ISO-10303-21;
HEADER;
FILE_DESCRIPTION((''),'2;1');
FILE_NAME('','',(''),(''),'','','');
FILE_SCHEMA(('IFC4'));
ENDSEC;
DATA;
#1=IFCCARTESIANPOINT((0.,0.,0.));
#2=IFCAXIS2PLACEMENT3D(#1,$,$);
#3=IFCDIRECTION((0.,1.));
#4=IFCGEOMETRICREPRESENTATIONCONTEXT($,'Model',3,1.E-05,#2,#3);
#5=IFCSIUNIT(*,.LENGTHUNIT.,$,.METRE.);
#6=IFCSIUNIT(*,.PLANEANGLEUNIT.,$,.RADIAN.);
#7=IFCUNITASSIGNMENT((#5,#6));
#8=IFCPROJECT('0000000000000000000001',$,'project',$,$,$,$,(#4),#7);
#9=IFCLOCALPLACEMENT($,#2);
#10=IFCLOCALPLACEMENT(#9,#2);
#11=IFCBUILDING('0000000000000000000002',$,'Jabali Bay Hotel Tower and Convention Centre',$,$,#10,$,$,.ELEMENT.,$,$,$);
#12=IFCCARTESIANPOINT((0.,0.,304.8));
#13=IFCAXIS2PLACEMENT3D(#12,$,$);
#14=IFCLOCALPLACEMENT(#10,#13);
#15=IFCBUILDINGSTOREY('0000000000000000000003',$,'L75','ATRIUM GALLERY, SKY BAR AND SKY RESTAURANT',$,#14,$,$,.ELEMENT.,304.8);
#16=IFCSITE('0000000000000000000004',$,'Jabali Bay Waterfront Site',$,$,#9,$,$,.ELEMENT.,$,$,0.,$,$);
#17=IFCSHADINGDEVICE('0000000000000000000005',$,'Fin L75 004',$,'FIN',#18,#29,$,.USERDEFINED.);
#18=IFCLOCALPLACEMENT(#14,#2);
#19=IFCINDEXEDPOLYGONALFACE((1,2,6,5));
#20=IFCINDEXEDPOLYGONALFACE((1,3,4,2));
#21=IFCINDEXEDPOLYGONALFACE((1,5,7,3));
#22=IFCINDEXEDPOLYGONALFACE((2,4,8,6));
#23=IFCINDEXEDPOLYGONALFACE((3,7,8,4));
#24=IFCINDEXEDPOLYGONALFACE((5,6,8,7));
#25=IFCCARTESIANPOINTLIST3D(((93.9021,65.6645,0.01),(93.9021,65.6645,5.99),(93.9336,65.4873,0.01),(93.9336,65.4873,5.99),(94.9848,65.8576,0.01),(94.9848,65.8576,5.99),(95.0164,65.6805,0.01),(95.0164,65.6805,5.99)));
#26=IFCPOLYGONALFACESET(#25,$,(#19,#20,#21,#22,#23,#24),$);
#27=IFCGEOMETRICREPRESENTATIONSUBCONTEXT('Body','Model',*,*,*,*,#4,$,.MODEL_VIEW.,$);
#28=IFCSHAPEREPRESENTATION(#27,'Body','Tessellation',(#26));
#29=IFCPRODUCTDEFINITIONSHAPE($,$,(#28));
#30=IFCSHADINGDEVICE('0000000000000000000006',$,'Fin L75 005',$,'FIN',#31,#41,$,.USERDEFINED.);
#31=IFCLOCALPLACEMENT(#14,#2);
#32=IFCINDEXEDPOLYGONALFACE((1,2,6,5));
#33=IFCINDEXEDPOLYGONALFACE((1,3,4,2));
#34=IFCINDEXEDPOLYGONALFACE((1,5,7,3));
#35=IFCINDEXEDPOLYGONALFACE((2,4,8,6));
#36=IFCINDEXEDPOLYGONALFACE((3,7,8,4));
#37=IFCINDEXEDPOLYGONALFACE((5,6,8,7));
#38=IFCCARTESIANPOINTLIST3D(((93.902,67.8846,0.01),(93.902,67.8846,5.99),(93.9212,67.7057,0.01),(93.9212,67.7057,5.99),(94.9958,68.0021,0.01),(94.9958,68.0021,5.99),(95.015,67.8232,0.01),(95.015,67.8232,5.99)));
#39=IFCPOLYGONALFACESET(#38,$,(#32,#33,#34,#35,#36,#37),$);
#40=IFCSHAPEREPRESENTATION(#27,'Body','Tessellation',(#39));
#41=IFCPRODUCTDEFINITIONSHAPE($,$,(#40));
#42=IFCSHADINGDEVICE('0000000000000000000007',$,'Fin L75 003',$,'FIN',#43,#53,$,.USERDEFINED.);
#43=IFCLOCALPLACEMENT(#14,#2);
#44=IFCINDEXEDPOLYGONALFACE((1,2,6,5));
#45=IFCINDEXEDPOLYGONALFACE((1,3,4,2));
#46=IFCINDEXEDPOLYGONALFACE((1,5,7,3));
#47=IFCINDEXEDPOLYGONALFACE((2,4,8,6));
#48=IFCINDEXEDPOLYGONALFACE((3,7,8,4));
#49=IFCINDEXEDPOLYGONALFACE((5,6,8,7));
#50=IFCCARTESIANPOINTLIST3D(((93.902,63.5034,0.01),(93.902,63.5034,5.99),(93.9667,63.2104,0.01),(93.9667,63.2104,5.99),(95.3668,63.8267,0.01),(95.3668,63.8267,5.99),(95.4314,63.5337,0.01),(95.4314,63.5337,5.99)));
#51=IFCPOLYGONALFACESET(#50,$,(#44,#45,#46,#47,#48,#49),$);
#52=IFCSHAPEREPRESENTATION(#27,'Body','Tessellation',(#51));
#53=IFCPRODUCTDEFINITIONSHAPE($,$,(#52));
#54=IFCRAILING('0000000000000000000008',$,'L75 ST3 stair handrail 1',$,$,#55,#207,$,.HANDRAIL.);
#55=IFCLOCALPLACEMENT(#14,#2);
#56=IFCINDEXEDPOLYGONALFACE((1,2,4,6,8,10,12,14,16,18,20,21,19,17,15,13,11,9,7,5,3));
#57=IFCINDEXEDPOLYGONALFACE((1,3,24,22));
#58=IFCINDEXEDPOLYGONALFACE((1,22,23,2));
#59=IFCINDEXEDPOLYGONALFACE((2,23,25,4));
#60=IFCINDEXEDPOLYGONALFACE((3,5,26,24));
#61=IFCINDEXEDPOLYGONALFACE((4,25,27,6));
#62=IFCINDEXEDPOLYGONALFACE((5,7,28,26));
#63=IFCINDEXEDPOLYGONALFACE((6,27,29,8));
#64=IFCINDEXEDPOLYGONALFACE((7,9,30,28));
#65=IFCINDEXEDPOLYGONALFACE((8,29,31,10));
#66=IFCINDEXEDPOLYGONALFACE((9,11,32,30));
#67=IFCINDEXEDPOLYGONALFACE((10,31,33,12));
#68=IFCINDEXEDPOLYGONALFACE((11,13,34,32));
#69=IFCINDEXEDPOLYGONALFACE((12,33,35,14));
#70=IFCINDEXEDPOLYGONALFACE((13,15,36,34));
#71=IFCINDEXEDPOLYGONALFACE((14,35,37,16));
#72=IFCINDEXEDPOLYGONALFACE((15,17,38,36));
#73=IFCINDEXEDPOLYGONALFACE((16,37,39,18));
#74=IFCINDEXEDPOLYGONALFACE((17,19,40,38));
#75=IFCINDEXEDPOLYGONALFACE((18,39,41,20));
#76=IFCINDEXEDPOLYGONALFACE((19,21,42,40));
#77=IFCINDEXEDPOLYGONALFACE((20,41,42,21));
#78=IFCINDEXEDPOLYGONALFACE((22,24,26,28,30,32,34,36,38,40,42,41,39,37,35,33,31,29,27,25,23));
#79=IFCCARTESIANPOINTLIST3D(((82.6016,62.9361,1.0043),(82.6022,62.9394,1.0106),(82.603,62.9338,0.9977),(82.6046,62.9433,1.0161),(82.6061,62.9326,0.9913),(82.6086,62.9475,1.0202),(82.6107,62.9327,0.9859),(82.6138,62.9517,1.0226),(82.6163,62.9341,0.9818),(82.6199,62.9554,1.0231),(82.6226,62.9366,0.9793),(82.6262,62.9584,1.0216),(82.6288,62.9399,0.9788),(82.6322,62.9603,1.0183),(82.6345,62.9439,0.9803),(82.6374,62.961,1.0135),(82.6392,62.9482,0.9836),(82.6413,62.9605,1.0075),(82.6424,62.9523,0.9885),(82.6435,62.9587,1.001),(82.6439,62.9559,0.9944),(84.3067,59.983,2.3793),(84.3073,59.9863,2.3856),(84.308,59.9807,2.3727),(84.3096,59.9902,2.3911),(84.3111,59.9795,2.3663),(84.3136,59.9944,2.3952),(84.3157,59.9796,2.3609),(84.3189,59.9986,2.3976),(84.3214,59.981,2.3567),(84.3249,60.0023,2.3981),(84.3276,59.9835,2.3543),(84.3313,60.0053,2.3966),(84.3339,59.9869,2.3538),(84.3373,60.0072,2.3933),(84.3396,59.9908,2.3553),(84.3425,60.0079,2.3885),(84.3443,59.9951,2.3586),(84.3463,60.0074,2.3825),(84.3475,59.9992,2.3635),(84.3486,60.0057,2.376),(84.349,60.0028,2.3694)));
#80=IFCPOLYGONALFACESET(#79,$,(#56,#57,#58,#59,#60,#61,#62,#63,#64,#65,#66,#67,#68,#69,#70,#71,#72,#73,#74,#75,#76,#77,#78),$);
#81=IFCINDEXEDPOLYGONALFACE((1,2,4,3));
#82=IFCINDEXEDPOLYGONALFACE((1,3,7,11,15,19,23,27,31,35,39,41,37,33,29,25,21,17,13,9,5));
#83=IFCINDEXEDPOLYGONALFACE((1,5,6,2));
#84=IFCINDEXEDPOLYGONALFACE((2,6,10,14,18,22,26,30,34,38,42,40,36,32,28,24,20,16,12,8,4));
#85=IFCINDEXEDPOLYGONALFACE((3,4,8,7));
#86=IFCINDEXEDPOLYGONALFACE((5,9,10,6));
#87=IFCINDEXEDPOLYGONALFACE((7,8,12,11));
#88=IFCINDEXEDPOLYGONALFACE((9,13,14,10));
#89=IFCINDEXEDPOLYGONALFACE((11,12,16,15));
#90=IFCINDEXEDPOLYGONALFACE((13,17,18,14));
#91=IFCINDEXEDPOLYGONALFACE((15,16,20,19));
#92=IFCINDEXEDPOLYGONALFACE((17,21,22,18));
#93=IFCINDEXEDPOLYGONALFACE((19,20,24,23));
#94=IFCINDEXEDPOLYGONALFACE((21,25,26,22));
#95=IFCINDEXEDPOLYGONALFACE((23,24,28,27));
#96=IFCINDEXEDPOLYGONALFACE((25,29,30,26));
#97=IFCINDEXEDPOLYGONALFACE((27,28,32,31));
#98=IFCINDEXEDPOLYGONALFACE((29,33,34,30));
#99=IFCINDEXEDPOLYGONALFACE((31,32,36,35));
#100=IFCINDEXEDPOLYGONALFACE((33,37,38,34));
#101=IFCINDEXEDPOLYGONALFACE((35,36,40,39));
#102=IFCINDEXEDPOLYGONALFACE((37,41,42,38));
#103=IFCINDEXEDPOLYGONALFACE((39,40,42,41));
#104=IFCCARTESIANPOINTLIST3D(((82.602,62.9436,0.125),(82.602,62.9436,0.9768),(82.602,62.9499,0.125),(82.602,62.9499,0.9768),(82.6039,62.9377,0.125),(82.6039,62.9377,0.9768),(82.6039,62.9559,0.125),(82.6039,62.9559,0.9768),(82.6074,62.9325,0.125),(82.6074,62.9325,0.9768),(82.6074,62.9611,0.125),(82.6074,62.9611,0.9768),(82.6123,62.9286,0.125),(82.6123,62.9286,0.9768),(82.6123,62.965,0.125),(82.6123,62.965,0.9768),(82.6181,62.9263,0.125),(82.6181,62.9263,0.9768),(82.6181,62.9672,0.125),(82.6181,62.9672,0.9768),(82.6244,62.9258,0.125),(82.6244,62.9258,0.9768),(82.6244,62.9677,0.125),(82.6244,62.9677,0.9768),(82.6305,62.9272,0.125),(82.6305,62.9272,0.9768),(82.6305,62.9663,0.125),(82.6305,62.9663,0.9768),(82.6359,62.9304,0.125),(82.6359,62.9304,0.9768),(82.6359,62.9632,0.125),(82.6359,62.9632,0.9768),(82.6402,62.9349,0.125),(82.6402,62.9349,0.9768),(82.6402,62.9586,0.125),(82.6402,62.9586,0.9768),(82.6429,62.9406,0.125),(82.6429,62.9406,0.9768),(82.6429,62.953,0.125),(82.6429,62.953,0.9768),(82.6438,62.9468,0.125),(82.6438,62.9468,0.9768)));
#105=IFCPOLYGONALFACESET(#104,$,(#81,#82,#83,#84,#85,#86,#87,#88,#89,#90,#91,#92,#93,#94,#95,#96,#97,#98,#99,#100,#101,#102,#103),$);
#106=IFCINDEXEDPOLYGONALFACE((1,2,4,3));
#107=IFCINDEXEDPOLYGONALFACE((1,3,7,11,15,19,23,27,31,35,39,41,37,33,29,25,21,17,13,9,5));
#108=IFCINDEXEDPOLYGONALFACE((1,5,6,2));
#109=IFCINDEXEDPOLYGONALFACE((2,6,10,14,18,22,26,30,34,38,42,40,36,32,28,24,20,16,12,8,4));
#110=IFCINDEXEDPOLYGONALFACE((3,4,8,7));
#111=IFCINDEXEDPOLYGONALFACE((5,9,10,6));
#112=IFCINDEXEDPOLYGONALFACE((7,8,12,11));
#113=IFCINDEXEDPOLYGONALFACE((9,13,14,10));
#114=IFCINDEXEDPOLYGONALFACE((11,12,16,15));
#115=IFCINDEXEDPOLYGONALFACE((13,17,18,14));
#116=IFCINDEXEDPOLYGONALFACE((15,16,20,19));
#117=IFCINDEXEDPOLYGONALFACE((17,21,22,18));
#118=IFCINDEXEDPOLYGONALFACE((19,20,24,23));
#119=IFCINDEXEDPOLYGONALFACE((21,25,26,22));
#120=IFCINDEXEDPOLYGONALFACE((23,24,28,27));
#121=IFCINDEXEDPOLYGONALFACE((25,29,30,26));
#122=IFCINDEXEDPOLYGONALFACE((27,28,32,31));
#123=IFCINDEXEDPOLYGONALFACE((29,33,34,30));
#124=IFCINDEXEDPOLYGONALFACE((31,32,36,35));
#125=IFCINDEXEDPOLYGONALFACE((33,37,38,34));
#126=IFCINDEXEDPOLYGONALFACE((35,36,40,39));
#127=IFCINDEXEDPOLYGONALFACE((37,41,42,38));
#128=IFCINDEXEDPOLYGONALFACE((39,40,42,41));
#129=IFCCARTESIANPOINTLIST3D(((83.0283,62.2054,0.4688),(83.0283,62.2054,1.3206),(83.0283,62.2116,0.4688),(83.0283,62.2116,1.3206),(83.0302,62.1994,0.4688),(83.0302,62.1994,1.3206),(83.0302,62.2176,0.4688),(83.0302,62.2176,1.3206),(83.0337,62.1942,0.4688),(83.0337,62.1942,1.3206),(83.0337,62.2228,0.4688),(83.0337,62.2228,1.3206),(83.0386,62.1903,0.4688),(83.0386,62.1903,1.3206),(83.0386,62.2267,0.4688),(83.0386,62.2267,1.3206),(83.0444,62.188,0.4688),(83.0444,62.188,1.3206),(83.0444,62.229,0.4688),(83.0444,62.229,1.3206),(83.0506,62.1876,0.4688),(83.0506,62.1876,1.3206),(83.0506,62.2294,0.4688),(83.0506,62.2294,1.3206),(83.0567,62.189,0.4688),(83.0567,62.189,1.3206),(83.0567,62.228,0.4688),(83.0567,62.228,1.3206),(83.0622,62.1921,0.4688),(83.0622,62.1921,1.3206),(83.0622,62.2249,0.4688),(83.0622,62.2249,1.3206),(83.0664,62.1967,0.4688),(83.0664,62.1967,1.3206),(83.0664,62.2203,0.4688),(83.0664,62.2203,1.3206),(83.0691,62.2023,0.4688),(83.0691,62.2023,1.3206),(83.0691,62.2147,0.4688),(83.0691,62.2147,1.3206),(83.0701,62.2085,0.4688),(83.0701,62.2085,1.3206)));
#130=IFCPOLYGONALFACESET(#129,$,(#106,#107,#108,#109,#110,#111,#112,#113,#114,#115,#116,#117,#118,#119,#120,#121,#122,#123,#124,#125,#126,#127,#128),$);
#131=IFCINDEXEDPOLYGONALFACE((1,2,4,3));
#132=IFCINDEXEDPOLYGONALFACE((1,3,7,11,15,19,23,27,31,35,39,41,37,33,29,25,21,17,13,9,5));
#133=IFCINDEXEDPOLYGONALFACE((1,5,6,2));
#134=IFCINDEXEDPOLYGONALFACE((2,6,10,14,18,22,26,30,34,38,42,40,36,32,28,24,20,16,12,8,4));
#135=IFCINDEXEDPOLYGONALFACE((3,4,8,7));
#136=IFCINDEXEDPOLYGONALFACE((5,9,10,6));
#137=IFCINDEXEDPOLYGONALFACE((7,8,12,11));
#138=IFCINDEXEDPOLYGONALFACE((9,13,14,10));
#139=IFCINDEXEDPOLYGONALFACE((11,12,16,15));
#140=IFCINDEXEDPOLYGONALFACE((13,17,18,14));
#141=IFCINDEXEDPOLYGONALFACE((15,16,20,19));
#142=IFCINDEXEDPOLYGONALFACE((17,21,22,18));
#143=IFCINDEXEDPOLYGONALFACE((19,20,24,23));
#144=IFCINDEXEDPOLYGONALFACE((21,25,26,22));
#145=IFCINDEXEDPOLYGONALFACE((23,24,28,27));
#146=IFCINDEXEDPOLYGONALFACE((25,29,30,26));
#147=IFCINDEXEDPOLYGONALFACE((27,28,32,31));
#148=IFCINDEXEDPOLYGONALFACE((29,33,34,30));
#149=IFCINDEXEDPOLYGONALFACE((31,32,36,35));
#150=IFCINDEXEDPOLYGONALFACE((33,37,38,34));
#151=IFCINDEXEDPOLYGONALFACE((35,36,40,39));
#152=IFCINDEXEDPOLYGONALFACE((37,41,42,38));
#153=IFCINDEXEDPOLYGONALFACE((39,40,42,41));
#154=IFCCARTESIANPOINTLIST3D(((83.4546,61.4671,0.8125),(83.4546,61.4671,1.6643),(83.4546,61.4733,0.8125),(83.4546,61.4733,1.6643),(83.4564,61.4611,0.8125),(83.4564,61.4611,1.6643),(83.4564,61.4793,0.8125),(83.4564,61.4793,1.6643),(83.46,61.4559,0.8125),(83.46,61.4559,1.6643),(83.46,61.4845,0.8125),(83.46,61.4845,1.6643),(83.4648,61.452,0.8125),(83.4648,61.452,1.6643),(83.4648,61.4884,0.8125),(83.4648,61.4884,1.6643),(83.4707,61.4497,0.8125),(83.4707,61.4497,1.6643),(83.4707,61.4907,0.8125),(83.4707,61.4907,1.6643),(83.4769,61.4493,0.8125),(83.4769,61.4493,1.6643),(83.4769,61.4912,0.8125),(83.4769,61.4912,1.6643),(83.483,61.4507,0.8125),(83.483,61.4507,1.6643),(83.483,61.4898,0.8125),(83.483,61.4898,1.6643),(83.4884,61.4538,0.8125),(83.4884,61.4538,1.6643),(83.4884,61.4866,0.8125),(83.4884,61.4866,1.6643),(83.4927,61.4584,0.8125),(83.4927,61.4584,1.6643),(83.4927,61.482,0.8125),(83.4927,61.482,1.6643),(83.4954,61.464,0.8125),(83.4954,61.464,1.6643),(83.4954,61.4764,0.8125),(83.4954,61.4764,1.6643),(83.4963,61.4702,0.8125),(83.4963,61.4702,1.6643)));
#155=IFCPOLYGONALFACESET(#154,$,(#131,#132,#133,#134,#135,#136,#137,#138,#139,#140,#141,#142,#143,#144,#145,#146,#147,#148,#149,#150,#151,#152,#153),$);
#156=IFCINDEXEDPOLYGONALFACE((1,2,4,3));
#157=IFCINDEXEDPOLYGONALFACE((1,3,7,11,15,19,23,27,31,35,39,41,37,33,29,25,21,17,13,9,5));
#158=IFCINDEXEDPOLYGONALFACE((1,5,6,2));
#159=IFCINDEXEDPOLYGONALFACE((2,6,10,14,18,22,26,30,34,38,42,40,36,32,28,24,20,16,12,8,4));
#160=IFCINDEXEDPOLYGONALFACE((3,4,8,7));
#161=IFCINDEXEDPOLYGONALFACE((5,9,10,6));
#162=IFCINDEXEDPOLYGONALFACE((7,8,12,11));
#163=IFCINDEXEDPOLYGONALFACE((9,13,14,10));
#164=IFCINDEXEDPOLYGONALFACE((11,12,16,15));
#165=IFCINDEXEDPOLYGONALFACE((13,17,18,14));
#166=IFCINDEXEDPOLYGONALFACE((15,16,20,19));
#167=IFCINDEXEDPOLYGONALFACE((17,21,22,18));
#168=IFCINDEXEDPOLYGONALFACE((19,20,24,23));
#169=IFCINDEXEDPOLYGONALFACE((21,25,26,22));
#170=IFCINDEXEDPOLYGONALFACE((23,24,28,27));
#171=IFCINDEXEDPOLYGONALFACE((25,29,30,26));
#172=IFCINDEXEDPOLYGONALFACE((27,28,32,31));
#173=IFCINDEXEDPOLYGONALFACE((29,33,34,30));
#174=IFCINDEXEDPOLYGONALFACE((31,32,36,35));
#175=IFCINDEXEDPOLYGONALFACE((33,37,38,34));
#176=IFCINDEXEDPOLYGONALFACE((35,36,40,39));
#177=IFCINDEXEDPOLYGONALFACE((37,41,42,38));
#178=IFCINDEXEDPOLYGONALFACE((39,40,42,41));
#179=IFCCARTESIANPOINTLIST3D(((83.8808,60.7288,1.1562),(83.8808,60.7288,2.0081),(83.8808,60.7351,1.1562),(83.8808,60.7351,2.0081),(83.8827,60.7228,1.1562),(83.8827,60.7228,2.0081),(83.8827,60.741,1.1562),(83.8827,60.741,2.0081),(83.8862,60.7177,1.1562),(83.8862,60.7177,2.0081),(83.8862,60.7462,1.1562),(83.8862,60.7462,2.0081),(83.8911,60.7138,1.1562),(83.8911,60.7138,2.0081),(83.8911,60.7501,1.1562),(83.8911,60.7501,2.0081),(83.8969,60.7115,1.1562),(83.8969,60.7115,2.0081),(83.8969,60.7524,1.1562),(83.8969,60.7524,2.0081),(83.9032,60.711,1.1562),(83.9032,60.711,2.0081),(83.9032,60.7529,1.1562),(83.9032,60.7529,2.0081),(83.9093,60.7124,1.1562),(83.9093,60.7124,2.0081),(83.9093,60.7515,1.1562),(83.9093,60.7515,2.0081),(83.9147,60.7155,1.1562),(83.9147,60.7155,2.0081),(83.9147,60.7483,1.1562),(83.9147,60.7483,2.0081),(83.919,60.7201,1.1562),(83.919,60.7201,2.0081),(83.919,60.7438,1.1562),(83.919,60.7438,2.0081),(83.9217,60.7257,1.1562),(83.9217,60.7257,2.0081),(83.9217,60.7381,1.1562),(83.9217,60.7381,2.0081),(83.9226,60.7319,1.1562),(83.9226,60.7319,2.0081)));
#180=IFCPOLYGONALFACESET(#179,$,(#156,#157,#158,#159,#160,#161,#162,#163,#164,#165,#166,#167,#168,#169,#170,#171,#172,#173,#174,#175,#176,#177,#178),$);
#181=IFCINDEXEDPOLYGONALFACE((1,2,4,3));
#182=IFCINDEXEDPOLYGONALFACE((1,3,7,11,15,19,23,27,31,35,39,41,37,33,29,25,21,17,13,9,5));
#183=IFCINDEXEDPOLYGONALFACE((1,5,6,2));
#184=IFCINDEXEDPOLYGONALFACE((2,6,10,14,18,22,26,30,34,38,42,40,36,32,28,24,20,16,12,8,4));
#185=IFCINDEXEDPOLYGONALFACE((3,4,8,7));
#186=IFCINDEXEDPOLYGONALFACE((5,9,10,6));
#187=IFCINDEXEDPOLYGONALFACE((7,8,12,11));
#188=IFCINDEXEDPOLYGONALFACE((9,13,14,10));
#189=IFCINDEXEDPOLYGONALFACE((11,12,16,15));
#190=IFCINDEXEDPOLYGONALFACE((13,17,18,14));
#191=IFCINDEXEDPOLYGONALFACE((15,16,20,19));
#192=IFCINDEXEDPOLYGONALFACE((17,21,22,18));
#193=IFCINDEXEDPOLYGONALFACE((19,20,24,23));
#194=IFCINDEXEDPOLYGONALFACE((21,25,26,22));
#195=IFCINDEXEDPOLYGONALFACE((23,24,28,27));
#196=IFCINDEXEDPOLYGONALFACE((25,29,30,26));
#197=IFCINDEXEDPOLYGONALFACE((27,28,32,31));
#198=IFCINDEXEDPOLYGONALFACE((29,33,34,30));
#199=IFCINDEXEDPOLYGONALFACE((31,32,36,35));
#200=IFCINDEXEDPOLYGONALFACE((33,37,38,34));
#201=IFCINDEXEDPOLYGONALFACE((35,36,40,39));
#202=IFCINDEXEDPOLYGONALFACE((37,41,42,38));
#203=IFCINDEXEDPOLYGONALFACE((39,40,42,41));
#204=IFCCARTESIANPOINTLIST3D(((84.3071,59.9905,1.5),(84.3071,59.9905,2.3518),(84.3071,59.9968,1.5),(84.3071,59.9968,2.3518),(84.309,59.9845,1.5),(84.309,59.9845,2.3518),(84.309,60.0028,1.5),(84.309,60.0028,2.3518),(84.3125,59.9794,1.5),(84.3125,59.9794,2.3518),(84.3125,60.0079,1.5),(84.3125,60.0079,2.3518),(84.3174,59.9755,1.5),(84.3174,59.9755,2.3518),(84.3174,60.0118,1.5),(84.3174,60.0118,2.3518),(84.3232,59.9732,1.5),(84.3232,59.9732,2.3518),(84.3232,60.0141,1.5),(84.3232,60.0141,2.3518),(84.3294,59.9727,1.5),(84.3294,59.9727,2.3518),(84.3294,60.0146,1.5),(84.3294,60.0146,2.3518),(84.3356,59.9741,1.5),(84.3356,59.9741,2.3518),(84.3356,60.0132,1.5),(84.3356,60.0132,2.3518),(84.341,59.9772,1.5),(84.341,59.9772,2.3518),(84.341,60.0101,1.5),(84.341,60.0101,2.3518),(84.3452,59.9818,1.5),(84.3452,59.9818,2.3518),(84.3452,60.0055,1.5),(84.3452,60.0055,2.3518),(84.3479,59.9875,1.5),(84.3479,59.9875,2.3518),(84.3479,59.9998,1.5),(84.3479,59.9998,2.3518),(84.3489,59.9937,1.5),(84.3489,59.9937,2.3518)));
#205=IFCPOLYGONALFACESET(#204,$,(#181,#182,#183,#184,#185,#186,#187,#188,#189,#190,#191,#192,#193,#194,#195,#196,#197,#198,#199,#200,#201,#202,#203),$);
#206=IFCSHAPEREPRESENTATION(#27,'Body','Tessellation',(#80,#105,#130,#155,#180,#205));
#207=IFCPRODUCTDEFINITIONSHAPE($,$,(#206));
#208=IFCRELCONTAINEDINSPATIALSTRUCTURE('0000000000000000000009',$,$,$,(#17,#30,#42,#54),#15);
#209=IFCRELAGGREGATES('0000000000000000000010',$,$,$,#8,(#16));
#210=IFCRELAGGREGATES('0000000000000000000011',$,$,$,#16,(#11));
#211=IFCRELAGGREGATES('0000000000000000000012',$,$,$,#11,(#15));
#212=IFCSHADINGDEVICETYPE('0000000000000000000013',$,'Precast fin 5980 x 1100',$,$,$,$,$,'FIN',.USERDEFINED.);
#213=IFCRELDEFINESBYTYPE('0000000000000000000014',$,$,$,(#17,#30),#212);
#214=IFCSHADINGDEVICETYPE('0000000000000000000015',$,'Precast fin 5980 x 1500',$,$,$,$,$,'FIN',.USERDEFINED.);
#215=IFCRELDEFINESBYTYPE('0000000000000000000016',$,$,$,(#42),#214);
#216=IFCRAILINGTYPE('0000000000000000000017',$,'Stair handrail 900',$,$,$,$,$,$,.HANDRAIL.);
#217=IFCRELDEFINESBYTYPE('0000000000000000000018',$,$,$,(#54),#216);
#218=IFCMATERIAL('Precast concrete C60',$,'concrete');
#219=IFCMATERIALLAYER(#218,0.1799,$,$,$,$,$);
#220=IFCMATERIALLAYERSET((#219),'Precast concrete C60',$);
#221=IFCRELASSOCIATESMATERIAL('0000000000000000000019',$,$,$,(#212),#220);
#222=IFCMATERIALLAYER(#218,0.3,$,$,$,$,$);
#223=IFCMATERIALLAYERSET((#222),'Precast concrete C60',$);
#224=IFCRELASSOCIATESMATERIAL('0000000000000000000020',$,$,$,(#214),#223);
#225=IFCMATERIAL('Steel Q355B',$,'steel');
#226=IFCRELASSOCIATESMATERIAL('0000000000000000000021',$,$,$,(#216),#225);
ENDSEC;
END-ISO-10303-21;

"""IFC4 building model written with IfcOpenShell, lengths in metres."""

from ifc_helpers import new_model, si_unit, direction, frame, frame_2d, origin, origin_2d, place, context, subcontext, project, spatial, rectangle, circle, extrude, material, layer, layer_set, type_object, element, save


model = new_model("IFC4")

# Units and contexts
model_context = context("Model", 3, precision=1e-05, world=origin(), true_north=direction((0.0, 1.0)))
body_context = subcontext(model_context, "Body", "Model", "MODEL_VIEW")
ifc_project = project(units=[si_unit("LENGTHUNIT", "METRE"), si_unit("PLANEANGLEUNIT", "RADIAN")], contexts=[model_context])

# Site, building, storey
site_placement = place(None, origin())
site = spatial("IfcSite", under=ifc_project, at=site_placement, Name="Jabali Bay Waterfront Site", CompositionType="ELEMENT", RefElevation=0.0)
building_placement = place(site_placement, origin())
building = spatial("IfcBuilding", under=site, at=building_placement, Name="Jabali Bay Hotel Tower and Convention Centre", CompositionType="ELEMENT")
storey_placement = place(building_placement, frame((0.0, 0.0, 304.8)))
storey = spatial("IfcBuildingStorey", under=building, at=storey_placement, Name="L75", Description="ATRIUM GALLERY, SKY BAR AND SKY RESTAURANT", CompositionType="ELEMENT", Elevation=304.8)

# Shading devices
ifc_material_1 = material(Name="Precast concrete C60", Category="concrete")
ifc_layer_1 = layer(ifc_material_1, 0.1799)
ifc_layer_set_1 = layer_set([ifc_layer_1], Name="Precast concrete C60")
shading_device_type_1 = type_object("IfcShadingDeviceType", Name="Precast fin 5980 x 1100", ElementType="FIN", PredefinedType="USERDEFINED", material=ifc_layer_set_1)
shading_device_1_placement = place(storey_placement, frame((93.918, 65.5759, 0.01), z_axis=(0.0, 0.0, 1.0), x_axis=(0.984465, 0.175583, 0.0)))
element("IfcShadingDevice", 1, at=shading_device_1_placement, inside=storey, type_object=shading_device_type_1, Name="Fin L75 004", ObjectType="FIN", PredefinedType="USERDEFINED", context=body_context, shape_type="SweptSolid", body=[
    extrude(rectangle(XDim=1.0999, YDim=0.1799, at=frame_2d((0.5498, 0.0))), origin(), (0.0, 0.0, 1.0), 5.98),
])
shading_device_2_placement = place(storey_placement, frame((93.9116, 67.7952, 0.01), z_axis=(0.0, 0.0, 1.0), x_axis=(0.994286, 0.106753, 0.0)))
element("IfcShadingDevice", 2, at=shading_device_2_placement, inside=storey, type_object=shading_device_type_1, Name="Fin L75 005", ObjectType="FIN", PredefinedType="USERDEFINED", context=body_context, shape_type="SweptSolid", body=[
    extrude(rectangle(XDim=1.1001, YDim=0.1799, at=frame_2d((0.55, 0.0))), origin(), (0.0, 0.0, 1.0), 5.98),
])
ifc_layer_2 = layer(ifc_material_1, 0.3)
ifc_layer_set_2 = layer_set([ifc_layer_2], Name="Precast concrete C60")
shading_device_type_2 = type_object("IfcShadingDeviceType", Name="Precast fin 5980 x 1500", ElementType="FIN", PredefinedType="USERDEFINED", material=ifc_layer_set_2)
shading_device_3_placement = place(storey_placement, frame((93.9343, 63.3569, 0.01), z_axis=(0.0, 0.0, 1.0), x_axis=(0.976508, 0.215483, 0.0)))
element("IfcShadingDevice", 3, at=shading_device_3_placement, inside=storey, type_object=shading_device_type_2, Name="Fin L75 003", ObjectType="FIN", PredefinedType="USERDEFINED", context=body_context, shape_type="SweptSolid", body=[
    extrude(rectangle(XDim=1.5, YDim=0.3, at=frame_2d((0.75, 0.0))), origin(), (0.0, 0.0, 1.0), 5.98),
])

# Railing
ifc_material_2 = material(Name="Steel Q355B", Category="steel")
railing_type_1 = type_object("IfcRailingType", Name="Stair handrail 900", PredefinedType="HANDRAIL", material=ifc_material_2)
for number, where, name in (
    (4, (82.6228, 62.9468, 0.125), "L75 ST3 stair handrail 1"),
):
    element("IfcRailing", number, at=place(storey_placement, frame(where)), inside=storey, type_object=railing_type_1, Name=name, PredefinedType="HANDRAIL", context=body_context, shape_type="SweptSolid", body=[
        extrude(circle(Radius=0.0239, at=origin_2d()), frame((0.0, 0.0, 0.876), z_axis=(0.46374, -0.803178, 0.373966), x_axis=(0.866014, 0.50002, 0.0)), (0.0, 0.0, 1.0), 3.6768),
        extrude(circle(Radius=0.021, at=origin_2d()), origin(), (0.0, 0.0, 1.0), 0.8518),
        extrude(circle(Radius=0.021, at=origin_2d()), frame((0.4263, -0.7383, 0.3438)), (0.0, 0.0, 1.0), 0.8518),
        extrude(circle(Radius=0.021, at=origin_2d()), frame((0.8525, -1.4766, 0.6875)), (0.0, 0.0, 1.0), 0.8518),
        extrude(circle(Radius=0.021, at=origin_2d()), frame((1.2788, -2.2148, 1.0312)), (0.0, 0.0, 1.0), 0.8518),
        extrude(circle(Radius=0.021, at=origin_2d()), frame((1.7051, -2.9531, 1.375)), (0.0, 0.0, 1.0), 0.8518),
    ])

save(model, "model.ifc")
